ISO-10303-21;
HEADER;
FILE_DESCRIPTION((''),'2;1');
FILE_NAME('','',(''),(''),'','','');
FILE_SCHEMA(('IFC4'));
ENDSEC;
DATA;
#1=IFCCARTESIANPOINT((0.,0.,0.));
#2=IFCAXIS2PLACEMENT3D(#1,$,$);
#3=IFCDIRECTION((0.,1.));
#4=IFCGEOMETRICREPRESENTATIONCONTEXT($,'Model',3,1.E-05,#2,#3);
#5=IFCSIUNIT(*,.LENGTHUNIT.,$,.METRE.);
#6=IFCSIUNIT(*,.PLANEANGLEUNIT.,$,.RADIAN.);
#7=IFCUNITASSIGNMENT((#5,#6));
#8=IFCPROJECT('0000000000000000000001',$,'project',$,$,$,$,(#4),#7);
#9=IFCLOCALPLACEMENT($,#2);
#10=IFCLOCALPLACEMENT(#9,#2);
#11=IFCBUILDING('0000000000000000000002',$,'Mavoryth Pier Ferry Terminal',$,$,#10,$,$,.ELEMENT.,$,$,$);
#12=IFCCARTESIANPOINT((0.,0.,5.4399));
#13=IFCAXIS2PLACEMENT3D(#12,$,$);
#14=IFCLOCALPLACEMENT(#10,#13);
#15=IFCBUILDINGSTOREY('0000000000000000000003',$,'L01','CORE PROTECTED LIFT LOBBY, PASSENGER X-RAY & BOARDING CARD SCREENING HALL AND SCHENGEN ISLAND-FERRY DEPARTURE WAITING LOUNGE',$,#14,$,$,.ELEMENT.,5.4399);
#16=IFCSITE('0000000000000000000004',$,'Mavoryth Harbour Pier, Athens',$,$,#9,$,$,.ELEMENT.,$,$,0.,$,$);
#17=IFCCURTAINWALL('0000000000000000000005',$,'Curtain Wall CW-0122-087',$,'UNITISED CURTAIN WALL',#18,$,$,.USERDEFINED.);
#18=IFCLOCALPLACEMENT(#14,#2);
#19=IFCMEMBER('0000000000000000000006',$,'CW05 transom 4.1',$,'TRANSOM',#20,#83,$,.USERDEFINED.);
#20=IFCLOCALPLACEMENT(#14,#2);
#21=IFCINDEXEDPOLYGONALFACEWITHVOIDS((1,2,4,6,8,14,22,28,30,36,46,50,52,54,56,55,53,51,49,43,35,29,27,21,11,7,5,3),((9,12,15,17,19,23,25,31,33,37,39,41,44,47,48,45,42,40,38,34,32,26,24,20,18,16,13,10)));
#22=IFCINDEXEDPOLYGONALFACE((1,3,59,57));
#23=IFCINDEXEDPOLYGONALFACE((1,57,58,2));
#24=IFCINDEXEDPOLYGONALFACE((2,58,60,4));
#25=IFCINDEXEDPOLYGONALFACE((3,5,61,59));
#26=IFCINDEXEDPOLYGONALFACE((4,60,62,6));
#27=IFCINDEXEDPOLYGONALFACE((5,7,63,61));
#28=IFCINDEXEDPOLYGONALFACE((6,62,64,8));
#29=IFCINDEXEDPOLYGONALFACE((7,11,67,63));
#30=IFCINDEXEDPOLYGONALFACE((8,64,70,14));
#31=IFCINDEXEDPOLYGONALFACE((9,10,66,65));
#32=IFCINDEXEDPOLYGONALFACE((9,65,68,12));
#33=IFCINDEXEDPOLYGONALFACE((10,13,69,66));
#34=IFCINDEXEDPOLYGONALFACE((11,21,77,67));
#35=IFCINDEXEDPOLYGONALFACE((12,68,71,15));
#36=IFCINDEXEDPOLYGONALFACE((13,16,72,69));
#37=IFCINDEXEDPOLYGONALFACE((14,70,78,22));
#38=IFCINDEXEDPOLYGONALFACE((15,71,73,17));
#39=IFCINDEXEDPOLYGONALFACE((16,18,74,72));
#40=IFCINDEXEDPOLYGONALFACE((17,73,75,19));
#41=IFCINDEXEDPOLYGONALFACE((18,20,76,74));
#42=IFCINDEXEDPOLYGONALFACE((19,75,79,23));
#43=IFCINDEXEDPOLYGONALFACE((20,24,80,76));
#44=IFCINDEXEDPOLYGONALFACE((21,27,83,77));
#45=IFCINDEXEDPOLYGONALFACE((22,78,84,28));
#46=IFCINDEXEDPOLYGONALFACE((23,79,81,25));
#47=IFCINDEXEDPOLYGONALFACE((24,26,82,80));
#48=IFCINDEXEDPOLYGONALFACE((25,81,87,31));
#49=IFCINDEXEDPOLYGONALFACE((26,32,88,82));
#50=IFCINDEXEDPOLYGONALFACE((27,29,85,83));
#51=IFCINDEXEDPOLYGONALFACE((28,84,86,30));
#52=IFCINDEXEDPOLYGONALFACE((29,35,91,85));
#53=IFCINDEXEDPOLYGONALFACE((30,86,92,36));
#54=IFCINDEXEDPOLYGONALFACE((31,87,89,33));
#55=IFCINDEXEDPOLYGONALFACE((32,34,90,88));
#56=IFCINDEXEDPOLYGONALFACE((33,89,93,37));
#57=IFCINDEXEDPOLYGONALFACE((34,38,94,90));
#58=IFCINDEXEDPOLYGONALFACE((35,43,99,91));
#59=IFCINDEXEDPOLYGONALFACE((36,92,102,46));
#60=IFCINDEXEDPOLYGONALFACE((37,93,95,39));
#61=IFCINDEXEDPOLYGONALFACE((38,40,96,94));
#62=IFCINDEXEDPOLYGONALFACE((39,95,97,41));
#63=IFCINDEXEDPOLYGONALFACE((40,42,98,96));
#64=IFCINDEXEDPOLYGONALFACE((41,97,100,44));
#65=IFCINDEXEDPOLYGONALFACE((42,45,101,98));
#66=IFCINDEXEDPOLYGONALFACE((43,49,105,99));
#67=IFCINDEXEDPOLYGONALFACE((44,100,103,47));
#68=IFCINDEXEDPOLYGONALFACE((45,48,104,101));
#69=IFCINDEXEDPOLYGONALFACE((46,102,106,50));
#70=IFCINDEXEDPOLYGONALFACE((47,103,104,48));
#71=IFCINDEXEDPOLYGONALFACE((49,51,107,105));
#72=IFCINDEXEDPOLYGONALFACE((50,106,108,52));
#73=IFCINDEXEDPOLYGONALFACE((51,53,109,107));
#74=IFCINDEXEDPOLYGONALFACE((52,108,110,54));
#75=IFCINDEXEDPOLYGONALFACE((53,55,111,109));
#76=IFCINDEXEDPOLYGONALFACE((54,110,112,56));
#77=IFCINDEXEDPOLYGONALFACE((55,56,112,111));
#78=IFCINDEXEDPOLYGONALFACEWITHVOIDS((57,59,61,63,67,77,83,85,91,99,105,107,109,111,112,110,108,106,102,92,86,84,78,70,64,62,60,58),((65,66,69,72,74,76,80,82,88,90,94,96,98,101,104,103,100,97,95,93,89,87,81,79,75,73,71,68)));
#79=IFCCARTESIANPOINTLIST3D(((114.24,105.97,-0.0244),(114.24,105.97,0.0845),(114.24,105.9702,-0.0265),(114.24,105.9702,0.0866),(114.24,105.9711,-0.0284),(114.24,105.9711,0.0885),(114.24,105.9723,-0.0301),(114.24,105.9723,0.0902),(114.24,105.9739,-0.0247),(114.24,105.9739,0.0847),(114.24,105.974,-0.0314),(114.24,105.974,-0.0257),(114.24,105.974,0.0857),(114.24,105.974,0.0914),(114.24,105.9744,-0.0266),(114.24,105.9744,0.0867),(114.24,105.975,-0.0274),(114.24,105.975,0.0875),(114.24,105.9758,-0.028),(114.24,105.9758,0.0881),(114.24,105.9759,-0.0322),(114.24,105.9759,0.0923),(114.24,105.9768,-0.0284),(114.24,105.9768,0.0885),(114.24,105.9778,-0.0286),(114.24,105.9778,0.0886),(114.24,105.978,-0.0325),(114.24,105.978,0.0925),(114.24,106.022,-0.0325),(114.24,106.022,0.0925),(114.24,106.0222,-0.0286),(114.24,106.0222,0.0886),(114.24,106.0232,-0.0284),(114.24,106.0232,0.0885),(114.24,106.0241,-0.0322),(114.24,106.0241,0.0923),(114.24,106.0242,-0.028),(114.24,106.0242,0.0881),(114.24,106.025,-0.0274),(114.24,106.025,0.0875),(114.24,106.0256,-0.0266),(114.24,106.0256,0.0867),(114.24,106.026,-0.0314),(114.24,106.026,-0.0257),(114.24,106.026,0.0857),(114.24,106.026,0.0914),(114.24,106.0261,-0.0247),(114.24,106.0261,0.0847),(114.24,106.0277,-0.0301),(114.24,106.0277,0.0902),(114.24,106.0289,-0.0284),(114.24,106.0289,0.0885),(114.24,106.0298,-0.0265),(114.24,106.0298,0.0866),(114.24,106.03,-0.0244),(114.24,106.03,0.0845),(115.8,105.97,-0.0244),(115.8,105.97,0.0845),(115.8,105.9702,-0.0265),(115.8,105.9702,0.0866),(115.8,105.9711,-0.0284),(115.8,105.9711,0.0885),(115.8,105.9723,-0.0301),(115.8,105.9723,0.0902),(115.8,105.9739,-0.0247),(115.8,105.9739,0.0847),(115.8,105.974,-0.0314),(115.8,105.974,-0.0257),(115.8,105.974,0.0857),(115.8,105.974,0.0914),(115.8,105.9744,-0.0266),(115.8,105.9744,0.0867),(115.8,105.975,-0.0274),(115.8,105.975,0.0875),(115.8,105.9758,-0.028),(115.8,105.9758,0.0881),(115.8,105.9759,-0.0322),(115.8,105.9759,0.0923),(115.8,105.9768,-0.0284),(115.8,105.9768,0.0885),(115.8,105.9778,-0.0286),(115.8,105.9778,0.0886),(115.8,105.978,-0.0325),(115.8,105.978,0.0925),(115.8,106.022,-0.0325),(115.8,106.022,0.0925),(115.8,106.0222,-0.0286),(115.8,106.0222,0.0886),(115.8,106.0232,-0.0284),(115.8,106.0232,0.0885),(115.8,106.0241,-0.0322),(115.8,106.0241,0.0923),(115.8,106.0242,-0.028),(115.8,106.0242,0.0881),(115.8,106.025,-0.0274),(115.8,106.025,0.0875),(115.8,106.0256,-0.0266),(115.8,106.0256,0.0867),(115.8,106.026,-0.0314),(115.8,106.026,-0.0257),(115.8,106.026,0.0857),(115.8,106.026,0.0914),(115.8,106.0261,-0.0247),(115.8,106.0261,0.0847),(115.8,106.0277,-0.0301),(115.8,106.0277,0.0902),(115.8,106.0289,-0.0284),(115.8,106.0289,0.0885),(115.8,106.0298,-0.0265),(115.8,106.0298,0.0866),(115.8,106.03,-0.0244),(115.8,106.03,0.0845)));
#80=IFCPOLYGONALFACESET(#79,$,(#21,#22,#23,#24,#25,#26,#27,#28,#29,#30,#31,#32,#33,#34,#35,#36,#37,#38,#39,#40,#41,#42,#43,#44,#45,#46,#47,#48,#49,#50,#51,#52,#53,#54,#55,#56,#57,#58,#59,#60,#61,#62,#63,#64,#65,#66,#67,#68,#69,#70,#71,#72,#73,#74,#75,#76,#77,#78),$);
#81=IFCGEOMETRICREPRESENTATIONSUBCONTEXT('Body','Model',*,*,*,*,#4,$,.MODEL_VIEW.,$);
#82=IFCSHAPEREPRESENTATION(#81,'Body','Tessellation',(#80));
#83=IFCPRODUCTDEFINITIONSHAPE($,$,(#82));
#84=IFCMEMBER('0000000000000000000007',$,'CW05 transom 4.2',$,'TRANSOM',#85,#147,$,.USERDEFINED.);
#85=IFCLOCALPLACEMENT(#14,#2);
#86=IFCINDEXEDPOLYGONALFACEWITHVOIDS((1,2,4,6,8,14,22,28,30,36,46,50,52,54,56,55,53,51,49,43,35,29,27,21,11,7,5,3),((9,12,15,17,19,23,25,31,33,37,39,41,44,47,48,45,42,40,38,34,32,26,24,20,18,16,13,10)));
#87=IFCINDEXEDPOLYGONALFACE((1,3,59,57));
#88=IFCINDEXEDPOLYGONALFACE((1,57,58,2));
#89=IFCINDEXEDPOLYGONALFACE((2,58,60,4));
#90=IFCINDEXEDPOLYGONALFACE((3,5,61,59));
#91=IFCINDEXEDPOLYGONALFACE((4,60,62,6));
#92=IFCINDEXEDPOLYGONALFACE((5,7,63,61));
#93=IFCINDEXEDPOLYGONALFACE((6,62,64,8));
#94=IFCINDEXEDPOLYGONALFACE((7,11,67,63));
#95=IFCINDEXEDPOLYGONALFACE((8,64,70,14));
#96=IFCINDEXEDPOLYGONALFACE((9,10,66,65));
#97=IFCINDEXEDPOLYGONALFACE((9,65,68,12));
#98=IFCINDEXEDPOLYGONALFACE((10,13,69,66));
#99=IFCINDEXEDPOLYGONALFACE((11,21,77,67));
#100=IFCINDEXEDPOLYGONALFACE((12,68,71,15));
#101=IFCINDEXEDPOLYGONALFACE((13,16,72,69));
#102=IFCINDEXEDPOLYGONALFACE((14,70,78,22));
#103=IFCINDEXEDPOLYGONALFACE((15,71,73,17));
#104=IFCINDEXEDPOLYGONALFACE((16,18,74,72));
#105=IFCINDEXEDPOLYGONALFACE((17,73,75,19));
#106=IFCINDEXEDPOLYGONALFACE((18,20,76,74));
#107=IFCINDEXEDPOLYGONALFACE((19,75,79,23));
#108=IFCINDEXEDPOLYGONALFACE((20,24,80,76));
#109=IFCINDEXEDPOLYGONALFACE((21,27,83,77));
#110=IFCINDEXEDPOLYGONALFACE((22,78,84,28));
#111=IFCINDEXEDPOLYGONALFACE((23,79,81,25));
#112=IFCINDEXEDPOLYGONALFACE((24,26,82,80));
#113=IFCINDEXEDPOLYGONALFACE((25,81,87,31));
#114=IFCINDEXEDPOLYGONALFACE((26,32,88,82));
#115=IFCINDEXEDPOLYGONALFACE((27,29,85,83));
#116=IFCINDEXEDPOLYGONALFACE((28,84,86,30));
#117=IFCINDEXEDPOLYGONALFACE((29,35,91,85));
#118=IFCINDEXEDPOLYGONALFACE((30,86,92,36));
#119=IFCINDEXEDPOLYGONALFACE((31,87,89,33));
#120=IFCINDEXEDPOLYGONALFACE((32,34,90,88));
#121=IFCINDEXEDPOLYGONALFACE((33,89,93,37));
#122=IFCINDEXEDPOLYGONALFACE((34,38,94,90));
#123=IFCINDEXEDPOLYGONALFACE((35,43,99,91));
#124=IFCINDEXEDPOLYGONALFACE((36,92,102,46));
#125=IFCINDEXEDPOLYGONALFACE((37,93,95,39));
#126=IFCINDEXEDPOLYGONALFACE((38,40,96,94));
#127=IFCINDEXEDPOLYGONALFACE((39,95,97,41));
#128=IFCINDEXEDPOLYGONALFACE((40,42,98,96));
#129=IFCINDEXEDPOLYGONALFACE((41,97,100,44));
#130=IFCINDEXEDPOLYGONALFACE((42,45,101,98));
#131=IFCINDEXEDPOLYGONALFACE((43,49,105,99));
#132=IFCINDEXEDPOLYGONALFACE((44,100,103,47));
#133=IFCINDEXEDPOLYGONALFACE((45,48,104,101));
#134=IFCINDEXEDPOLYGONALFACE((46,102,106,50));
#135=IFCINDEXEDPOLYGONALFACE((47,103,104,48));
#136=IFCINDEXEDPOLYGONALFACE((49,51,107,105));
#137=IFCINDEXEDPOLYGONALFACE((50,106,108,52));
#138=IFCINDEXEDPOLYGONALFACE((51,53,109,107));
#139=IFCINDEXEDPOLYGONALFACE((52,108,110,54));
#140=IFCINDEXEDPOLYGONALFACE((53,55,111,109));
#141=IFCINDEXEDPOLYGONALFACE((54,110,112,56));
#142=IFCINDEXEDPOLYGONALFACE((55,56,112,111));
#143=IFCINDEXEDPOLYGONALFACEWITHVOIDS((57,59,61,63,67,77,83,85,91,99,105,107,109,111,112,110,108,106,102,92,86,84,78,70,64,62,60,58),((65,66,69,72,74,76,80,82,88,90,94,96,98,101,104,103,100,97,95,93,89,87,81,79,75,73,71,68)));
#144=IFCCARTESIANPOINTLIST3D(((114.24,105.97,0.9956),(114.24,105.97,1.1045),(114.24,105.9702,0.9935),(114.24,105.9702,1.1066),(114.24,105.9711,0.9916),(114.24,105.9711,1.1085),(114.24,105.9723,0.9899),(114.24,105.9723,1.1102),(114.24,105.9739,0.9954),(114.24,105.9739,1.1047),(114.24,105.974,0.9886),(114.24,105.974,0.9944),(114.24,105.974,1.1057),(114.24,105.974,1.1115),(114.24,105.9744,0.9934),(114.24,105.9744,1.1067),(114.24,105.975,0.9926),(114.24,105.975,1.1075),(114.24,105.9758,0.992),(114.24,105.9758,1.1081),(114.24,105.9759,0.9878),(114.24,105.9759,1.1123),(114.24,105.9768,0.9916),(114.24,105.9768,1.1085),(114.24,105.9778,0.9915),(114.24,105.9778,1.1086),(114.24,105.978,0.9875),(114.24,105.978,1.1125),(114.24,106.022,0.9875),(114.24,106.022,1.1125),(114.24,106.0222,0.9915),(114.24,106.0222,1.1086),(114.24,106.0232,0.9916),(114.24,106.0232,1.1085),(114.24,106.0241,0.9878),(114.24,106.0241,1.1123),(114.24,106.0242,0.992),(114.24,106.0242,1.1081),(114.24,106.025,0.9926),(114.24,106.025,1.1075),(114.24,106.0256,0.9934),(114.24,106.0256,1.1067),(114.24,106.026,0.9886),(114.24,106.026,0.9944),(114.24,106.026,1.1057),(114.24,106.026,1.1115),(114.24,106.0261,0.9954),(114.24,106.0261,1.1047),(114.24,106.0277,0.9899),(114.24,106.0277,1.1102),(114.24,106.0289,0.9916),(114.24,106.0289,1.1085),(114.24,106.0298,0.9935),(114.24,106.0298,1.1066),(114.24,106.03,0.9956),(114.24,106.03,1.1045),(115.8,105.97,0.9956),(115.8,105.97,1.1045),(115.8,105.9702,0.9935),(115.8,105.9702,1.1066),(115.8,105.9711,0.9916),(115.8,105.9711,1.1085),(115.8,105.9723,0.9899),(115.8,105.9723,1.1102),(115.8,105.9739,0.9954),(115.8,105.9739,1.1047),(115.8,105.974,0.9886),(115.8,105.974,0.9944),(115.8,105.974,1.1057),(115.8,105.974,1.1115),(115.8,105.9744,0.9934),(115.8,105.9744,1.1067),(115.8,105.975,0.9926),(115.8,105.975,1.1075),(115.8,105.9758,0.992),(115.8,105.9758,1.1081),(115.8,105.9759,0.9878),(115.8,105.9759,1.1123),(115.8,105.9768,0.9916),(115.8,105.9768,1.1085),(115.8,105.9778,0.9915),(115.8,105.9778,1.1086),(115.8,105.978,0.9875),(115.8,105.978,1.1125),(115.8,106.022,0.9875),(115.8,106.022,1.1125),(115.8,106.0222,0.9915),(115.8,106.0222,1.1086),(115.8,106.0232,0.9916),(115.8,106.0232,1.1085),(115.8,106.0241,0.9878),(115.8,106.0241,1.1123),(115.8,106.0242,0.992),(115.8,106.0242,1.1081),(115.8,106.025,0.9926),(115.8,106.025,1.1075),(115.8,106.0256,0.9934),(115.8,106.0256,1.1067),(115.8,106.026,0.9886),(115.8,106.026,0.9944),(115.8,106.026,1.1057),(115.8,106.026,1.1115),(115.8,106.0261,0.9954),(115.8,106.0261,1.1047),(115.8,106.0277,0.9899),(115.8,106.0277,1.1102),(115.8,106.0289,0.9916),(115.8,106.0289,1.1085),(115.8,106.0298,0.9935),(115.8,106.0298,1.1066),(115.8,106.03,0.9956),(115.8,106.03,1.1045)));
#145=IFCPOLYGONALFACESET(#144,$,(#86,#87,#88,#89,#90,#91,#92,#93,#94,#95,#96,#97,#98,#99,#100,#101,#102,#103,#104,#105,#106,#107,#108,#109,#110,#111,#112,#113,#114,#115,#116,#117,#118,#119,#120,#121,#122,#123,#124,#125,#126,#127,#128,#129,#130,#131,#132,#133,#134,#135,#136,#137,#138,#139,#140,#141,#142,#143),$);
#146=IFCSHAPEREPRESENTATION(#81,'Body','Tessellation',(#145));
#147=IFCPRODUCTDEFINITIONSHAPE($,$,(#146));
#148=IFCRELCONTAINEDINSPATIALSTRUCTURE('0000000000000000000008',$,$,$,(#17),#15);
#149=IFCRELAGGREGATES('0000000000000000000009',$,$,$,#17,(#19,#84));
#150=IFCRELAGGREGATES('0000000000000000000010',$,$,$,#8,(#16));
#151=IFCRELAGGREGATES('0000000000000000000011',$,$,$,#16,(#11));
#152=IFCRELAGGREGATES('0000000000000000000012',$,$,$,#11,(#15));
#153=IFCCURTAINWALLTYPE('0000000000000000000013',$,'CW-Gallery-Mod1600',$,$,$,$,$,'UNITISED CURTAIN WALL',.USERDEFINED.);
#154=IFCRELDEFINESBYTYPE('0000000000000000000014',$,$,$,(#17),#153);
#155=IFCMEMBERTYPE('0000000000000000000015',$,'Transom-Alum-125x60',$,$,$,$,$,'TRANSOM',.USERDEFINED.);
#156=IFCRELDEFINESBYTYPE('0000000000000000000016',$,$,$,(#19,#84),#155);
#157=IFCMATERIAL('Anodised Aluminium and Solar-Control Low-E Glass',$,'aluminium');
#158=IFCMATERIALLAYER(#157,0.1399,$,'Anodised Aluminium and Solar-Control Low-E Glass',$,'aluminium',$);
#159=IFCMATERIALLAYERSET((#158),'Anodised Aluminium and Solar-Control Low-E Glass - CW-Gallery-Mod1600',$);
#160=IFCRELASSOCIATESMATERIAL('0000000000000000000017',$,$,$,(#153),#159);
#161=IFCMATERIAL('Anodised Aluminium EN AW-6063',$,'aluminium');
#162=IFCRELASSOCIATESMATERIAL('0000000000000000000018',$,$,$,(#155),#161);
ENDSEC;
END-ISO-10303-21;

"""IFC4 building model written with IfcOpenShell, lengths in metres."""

from ifc_helpers import new_model, si_unit, direction, frame, origin, origin_2d, place, context, subcontext, project, spatial, hollow_rectangle, extrude, material, layer, layer_set, material_profile, profile_set, type_object, element, aggregate, save


model = new_model("IFC4")

# Units and contexts
model_context = context("Model", 3, precision=1e-05, world=origin(), true_north=direction((0.0, 1.0)))
body_context = subcontext(model_context, "Body", "Model", "MODEL_VIEW")
ifc_project = project(units=[si_unit("LENGTHUNIT", "METRE"), si_unit("PLANEANGLEUNIT", "RADIAN")], contexts=[model_context])

# Site, building, storey
site_placement = place(None, origin())
site = spatial("IfcSite", under=ifc_project, at=site_placement, Name="Mavoryth Harbour Pier, Athens", CompositionType="ELEMENT", RefElevation=0.0)
building_placement = place(site_placement, origin())
building = spatial("IfcBuilding", under=site, at=building_placement, Name="Mavoryth Pier Ferry Terminal", CompositionType="ELEMENT")
storey_placement = place(building_placement, frame((0.0, 0.0, 5.4399)))
storey = spatial("IfcBuildingStorey", under=building, at=storey_placement, Name="L01", Description="CORE PROTECTED LIFT LOBBY, PASSENGER X-RAY & BOARDING CARD SCREENING HALL AND SCHENGEN ISLAND-FERRY DEPARTURE WAITING LOUNGE", CompositionType="ELEMENT", Elevation=5.4399)

# Curtain wall
ifc_material_1 = material(Name="Anodised Aluminium and Solar-Control Low-E Glass", Category="aluminium")
ifc_layer_1 = layer(ifc_material_1, 0.1399, Name="Anodised Aluminium and Solar-Control Low-E Glass", Category="aluminium")
ifc_layer_set_1 = layer_set([ifc_layer_1], Name="Anodised Aluminium and Solar-Control Low-E Glass - CW-Gallery-Mod1600")
curtain_wall_type = type_object("IfcCurtainWallType", Name="CW-Gallery-Mod1600", ElementType="UNITISED CURTAIN WALL", PredefinedType="USERDEFINED", material=ifc_layer_set_1)
curtain_wall_1_placement = place(storey_placement, origin())
curtain_wall_1 = element("IfcCurtainWall", 1, at=curtain_wall_1_placement, inside=storey, type_object=curtain_wall_type, Name="Curtain Wall CW-0122-087", ObjectType="UNITISED CURTAIN WALL", PredefinedType="USERDEFINED")
ifc_material_2 = material(Name="Anodised Aluminium EN AW-6063", Category="aluminium")

# Members
ifc_material_profile_1 = material_profile(ifc_material_2, hollow_rectangle(XDim=0.0601, YDim=0.125, WallThickness=0.0039, InnerFilletRadius=0.0039, OuterFilletRadius=0.0081, at=origin_2d()), Name="AL-TRAN 125x60x4", Category="aluminium")
ifc_profile_set_1 = profile_set([ifc_material_profile_1], Name="Anodised Aluminium EN AW-6063 - AL-TRAN 125x60x4")
member_type_1 = type_object("IfcMemberType", Name="Transom-Alum-125x60", ElementType="TRANSOM", PredefinedType="USERDEFINED", material=ifc_profile_set_1)
member_1_placement = place(storey_placement, frame((114.24, 106.0, 0.03), z_axis=(1.0, 0.0, 0.0), x_axis=(0.0, 1.0, 0.0)))
member_1 = element("IfcMember", 2, at=member_1_placement, type_object=member_type_1, Name="CW05 transom 4.1", ObjectType="TRANSOM", PredefinedType="USERDEFINED", context=body_context, shape_type="SweptSolid", body=[
    extrude(hollow_rectangle(XDim=0.0601, YDim=0.125, WallThickness=0.0039, InnerFilletRadius=0.0039, OuterFilletRadius=0.0081, at=origin_2d()), origin(), (0.0, 0.0, 1.0), 1.5601),
])
member_2_placement = place(storey_placement, frame((114.24, 106.0, 1.05), z_axis=(1.0, 0.0, 0.0), x_axis=(0.0, 1.0, 0.0)))
member_2 = element("IfcMember", 3, at=member_2_placement, type_object=member_type_1, Name="CW05 transom 4.2", ObjectType="TRANSOM", PredefinedType="USERDEFINED", context=body_context, shape_type="SweptSolid", body=[
    extrude(hollow_rectangle(XDim=0.0601, YDim=0.125, WallThickness=0.0039, InnerFilletRadius=0.0039, OuterFilletRadius=0.0081, at=origin_2d()), origin(), (0.0, 0.0, 1.0), 1.5601),
])

aggregate(curtain_wall_1, [member_1, member_2])

save(model, "model.ifc")
